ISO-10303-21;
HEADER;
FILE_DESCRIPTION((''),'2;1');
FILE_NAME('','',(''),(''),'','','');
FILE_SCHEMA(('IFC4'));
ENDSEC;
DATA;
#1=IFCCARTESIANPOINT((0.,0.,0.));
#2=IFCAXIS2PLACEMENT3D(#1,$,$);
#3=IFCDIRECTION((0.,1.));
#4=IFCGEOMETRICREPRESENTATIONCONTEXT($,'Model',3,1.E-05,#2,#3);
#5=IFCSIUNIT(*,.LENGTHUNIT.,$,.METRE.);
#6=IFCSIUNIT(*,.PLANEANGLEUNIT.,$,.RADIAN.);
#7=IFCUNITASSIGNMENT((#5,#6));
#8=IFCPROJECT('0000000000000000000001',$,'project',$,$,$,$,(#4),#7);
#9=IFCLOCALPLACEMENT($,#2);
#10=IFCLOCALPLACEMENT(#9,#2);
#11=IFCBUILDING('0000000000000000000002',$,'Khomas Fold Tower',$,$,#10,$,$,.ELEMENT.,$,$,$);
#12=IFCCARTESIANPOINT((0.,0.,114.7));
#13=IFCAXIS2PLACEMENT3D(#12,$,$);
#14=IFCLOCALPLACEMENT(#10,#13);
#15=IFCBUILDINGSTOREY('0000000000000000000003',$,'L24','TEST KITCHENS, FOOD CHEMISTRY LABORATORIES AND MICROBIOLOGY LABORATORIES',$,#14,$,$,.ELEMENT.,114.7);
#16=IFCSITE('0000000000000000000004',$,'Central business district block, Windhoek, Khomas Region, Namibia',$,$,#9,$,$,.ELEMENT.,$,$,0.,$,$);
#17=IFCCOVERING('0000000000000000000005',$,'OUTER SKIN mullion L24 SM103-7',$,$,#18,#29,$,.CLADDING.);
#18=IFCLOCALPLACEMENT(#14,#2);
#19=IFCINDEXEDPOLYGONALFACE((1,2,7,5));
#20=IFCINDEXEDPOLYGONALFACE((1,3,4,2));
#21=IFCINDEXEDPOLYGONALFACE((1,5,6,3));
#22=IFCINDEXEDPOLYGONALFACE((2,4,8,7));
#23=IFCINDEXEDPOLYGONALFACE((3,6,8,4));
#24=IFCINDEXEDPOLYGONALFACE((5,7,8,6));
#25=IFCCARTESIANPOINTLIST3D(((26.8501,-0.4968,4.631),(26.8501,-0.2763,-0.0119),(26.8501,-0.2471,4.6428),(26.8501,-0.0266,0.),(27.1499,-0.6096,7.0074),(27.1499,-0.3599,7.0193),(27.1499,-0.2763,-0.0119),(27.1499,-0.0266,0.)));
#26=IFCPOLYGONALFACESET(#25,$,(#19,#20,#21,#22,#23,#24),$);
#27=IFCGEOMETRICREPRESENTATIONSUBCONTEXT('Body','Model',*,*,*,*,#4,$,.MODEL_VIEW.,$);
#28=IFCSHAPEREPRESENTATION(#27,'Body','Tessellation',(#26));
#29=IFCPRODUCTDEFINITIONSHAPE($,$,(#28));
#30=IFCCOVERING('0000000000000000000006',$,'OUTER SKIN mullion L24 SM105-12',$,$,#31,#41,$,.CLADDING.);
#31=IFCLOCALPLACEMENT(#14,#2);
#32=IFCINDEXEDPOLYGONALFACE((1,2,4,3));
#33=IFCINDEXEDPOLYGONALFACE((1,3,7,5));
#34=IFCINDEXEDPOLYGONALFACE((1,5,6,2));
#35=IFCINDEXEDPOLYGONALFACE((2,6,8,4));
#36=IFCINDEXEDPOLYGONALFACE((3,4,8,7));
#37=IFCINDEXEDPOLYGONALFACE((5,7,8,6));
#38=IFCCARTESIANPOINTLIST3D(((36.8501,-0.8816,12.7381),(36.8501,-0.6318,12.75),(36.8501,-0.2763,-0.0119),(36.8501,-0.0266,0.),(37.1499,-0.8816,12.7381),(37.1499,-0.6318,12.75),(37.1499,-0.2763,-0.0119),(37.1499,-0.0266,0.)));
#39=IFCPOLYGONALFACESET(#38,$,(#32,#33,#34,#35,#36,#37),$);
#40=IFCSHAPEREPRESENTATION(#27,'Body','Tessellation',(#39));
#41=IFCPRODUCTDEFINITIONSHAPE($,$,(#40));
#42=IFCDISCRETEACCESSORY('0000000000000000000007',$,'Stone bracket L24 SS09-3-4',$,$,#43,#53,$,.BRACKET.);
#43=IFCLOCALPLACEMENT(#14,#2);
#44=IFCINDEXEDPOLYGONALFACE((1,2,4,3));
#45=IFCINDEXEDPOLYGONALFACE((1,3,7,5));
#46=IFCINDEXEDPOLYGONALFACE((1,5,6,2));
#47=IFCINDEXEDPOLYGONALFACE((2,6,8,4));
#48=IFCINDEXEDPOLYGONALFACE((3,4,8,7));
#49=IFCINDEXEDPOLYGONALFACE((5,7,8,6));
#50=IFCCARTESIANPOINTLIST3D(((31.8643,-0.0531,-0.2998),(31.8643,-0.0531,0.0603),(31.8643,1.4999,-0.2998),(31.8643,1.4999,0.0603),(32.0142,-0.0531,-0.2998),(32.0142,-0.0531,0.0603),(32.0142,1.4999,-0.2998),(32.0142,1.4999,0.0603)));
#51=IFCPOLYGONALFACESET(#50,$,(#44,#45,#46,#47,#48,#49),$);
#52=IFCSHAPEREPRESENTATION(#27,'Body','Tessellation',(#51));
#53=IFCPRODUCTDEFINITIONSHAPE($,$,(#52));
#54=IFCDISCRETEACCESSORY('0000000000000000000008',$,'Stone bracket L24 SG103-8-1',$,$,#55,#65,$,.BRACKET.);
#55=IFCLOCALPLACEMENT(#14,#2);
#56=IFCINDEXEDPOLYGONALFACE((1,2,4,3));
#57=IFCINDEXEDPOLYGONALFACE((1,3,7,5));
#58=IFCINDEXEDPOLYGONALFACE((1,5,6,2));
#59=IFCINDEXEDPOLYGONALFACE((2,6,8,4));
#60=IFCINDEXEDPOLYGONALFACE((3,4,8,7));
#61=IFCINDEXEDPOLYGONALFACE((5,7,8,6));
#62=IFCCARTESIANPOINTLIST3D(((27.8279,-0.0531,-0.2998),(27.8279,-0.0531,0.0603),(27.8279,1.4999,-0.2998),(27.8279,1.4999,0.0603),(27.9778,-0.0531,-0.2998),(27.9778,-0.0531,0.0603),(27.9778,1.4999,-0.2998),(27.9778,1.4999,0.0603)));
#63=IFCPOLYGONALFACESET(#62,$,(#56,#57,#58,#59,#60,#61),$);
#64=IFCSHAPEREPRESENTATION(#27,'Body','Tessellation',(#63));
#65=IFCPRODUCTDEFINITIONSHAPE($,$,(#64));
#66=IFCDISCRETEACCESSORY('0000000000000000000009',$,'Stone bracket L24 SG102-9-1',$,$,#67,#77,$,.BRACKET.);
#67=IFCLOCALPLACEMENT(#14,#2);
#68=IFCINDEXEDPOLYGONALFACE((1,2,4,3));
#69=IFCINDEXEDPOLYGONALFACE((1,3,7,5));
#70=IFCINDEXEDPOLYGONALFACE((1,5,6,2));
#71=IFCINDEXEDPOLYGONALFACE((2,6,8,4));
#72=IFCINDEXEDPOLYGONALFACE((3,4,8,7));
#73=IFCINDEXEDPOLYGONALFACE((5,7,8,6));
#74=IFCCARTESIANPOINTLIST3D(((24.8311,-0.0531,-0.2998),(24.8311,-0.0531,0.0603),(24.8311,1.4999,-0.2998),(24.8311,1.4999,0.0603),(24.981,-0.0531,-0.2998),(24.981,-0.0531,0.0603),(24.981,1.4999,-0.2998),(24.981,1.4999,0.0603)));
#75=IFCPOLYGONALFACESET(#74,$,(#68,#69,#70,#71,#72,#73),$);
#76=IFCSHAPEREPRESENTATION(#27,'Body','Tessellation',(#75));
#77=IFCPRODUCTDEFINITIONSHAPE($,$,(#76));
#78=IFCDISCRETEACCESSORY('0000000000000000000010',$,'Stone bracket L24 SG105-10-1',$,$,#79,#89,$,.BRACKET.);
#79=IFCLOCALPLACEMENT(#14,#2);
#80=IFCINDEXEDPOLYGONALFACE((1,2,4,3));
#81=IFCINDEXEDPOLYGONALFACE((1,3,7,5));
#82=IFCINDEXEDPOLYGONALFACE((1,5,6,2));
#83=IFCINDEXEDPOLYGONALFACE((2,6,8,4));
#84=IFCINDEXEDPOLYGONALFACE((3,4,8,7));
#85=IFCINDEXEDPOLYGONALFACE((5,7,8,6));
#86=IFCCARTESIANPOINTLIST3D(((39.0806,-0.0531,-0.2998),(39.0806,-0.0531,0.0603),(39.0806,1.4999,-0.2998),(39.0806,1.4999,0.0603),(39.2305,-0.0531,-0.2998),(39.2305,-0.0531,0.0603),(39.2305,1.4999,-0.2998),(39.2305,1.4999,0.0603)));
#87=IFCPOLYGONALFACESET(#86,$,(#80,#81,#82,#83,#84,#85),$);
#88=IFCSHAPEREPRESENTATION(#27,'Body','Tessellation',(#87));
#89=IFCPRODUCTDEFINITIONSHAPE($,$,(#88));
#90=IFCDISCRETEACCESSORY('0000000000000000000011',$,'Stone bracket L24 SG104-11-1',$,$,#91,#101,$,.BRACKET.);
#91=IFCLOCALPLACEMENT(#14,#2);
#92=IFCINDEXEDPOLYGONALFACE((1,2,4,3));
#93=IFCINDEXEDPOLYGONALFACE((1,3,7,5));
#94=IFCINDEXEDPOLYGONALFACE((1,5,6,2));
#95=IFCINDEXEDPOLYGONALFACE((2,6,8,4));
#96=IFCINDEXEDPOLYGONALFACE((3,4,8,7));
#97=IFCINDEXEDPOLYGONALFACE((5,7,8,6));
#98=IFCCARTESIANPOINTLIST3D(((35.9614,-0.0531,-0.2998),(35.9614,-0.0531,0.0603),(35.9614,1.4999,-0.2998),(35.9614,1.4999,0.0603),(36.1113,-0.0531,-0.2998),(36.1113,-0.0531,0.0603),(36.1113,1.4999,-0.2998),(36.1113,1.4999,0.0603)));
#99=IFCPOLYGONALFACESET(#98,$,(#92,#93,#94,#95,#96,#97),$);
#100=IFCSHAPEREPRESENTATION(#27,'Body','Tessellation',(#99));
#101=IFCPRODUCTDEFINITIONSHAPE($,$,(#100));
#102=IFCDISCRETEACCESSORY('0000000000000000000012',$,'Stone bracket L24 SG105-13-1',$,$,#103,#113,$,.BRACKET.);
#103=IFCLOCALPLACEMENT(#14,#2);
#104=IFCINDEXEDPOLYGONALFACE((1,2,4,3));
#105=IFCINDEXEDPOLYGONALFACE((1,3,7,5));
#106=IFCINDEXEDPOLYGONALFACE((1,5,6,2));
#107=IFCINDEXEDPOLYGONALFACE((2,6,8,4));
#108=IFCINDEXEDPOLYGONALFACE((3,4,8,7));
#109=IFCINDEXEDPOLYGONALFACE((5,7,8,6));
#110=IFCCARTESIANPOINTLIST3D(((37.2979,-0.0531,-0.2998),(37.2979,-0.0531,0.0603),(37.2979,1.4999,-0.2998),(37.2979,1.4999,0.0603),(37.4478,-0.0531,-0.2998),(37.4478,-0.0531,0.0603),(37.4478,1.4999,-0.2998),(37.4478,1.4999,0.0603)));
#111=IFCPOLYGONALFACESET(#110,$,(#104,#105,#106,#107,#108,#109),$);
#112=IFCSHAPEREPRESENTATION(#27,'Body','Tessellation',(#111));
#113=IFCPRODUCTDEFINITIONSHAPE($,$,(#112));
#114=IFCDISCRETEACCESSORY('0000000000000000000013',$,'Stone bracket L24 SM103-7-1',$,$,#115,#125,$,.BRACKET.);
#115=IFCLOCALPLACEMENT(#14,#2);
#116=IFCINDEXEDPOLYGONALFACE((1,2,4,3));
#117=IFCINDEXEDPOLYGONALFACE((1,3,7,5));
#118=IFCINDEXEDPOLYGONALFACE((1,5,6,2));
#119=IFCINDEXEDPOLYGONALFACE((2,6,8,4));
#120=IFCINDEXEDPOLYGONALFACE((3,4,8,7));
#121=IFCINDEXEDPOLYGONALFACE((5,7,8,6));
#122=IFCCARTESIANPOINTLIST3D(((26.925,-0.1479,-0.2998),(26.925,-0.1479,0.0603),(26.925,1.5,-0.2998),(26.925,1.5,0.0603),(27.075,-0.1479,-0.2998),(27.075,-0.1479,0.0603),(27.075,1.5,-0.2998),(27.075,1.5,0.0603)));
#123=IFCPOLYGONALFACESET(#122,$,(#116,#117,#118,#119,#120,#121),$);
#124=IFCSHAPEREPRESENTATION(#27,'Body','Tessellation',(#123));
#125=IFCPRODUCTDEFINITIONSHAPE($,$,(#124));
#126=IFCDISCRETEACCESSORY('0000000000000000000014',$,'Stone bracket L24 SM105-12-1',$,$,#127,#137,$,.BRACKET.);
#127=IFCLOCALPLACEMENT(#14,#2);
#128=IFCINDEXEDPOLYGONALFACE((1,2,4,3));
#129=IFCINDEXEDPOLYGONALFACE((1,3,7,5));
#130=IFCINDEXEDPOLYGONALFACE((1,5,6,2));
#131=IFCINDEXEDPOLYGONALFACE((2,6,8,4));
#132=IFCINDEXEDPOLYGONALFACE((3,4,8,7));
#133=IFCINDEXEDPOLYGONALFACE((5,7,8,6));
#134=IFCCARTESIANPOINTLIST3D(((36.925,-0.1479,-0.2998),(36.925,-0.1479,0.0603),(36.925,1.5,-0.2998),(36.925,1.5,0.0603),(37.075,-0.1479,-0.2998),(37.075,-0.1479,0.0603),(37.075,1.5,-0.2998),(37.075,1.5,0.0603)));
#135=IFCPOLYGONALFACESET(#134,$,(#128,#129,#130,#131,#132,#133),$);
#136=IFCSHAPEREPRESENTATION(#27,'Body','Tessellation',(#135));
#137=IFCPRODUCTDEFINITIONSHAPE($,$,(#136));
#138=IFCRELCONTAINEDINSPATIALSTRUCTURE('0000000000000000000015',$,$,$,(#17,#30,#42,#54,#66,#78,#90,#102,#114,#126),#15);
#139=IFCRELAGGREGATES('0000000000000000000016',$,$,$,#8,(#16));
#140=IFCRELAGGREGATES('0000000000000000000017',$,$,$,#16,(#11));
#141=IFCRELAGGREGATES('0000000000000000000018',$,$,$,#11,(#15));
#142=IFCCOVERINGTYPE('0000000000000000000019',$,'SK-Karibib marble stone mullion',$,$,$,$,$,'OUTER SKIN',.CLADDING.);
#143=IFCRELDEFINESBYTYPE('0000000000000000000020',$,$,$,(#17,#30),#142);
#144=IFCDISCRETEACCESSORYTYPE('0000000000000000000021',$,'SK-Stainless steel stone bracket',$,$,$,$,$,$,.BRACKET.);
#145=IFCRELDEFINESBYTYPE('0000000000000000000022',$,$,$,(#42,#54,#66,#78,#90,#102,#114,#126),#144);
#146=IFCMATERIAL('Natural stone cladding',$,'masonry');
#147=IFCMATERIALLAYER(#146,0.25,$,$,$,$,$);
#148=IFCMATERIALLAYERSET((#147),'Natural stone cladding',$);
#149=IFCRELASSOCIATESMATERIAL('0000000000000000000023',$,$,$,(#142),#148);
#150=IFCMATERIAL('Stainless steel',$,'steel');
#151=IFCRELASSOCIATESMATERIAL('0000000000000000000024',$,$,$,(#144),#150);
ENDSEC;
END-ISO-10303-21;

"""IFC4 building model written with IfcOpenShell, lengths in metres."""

from ifc_helpers import new_model, si_unit, direction, frame, origin, origin_2d, place, context, subcontext, project, spatial, polyline, rectangle, outline, extrude, source, transform, mapped, material, layer, layer_set, type_object, element, save


model = new_model("IFC4")

# Units and contexts
model_context = context("Model", 3, precision=1e-05, world=origin(), true_north=direction((0.0, 1.0)))
body_context = subcontext(model_context, "Body", "Model", "MODEL_VIEW")
ifc_project = project(units=[si_unit("LENGTHUNIT", "METRE"), si_unit("PLANEANGLEUNIT", "RADIAN")], contexts=[model_context])

# Site, building, storey
site_placement = place(None, origin())
site = spatial("IfcSite", under=ifc_project, at=site_placement, Name="Central business district block, Windhoek, Khomas Region, Namibia", CompositionType="ELEMENT", RefElevation=0.0)
building_placement = place(site_placement, origin())
building = spatial("IfcBuilding", under=site, at=building_placement, Name="Khomas Fold Tower", CompositionType="ELEMENT")
storey_placement = place(building_placement, frame((0.0, 0.0, 114.7)))
storey = spatial("IfcBuildingStorey", under=building, at=storey_placement, Name="L24", Description="TEST KITCHENS, FOOD CHEMISTRY LABORATORIES AND MICROBIOLOGY LABORATORIES", CompositionType="ELEMENT", Elevation=114.7)

# Coverings
ifc_material_1 = material(Name="Natural stone cladding", Category="masonry")
ifc_layer_1 = layer(ifc_material_1, 0.25)
ifc_layer_set_1 = layer_set([ifc_layer_1], Name="Natural stone cladding")
covering_type = type_object("IfcCoveringType", Name="SK-Karibib marble stone mullion", ElementType="OUTER SKIN", PredefinedType="CLADDING", material=ifc_layer_set_1)
covering_1_placement = place(storey_placement, frame((26.8501, -0.0266, 0.0), z_axis=(-0.000067, 0.998875, 0.047426), x_axis=(0.0, -0.047426, 0.998875)))
element("IfcCovering", 1, at=covering_1_placement, inside=storey, type_object=covering_type, Name="OUTER SKIN mullion L24 SM103-7", PredefinedType="CLADDING", context=body_context, shape_type="SweptSolid", body=[
    extrude(outline(polyline([(0.0, 0.0), (4.6481, 0.0), (7.0272, 0.2998), (0.0, 0.2998), (0.0, 0.0)])), origin(), (0.0, 0.0, -1.0), 0.25),
])
covering_2_placement = place(storey_placement, frame((36.8501, -0.0266, 0.0), z_axis=(0.0, 0.998875, 0.047415), x_axis=(0.0, -0.047415, 0.998875)))
element("IfcCovering", 2, at=covering_2_placement, inside=storey, type_object=covering_type, Name="OUTER SKIN mullion L24 SM105-12", PredefinedType="CLADDING", context=body_context, shape_type="SweptSolid", body=[
    extrude(outline(polyline([(0.0, 0.0), (12.7644, 0.0), (12.7644, 0.2998), (0.0, 0.2998), (0.0, 0.0)])), origin(), (0.0, 0.0, -1.0), 0.25),
])

# Discrete accessories
ifc_material_2 = material(Name="Stainless steel", Category="steel")
discrete_accessory_type = type_object("IfcDiscreteAccessoryType", Name="SK-Stainless steel stone bracket", PredefinedType="BRACKET", material=ifc_material_2)
shared_shape_1 = source(origin(), body_context, "Body", "SweptSolid", [
    extrude(rectangle(XDim=1.553, YDim=0.1499, at=origin_2d()), origin(), (0.0, 0.0, 1.0), 0.3601),
])
for number, where, z_axis, x_axis, name in (
    (3, (31.9392, 0.7234, -0.2998), (0.0, 0.0, 1.0), (0.0, -1.0, 0.0), "Stone bracket L24 SS09-3-4"),
    (4, (27.9028, 0.7234, -0.2998), (0.0, 0.0, 1.0), (0.0, -1.0, 0.0), "Stone bracket L24 SG103-8-1"),
    (5, (24.906, 0.7234, -0.2998), (0.0, 0.0, 1.0), (0.0, -1.0, 0.0), "Stone bracket L24 SG102-9-1"),
    (6, (39.1555, 0.7234, -0.2998), (0.0, 0.0, 1.0), (0.0, -1.0, 0.0), "Stone bracket L24 SG105-10-1"),
    (7, (36.0364, 0.7234, -0.2998), (0.0, 0.0, 1.0), (0.0, -1.0, 0.0), "Stone bracket L24 SG104-11-1"),
    (8, (37.3728, 0.7234, -0.2998), (0.0, 0.0, 1.0), (0.0, -1.0, 0.0), "Stone bracket L24 SG105-13-1"),
):
    element("IfcDiscreteAccessory", number, at=place(storey_placement, frame(where, z_axis=z_axis, x_axis=x_axis)), inside=storey, type_object=discrete_accessory_type, Name=name, PredefinedType="BRACKET", context=body_context, shape_type="MappedRepresentation", body=[
        mapped(shared_shape_1, transform((0.0, 0.0, 0.0))),
    ])
shared_shape_2 = source(origin(), body_context, "Body", "SweptSolid", [
    extrude(rectangle(XDim=1.6479, YDim=0.1499, at=origin_2d()), origin(), (0.0, 0.0, 1.0), 0.3601),
])
for number, where, z_axis, x_axis, name in (
    (9, (27.0, 0.676, -0.2998), (0.0, 0.0, 1.0), (0.0, -1.0, 0.0), "Stone bracket L24 SM103-7-1"),
    (10, (37.0, 0.676, -0.2998), (0.0, 0.0, 1.0), (0.0, -1.0, 0.0), "Stone bracket L24 SM105-12-1"),
):
    element("IfcDiscreteAccessory", number, at=place(storey_placement, frame(where, z_axis=z_axis, x_axis=x_axis)), inside=storey, type_object=discrete_accessory_type, Name=name, PredefinedType="BRACKET", context=body_context, shape_type="MappedRepresentation", body=[
        mapped(shared_shape_2, transform((0.0, 0.0, 0.0))),
    ])

save(model, "model.ifc")
